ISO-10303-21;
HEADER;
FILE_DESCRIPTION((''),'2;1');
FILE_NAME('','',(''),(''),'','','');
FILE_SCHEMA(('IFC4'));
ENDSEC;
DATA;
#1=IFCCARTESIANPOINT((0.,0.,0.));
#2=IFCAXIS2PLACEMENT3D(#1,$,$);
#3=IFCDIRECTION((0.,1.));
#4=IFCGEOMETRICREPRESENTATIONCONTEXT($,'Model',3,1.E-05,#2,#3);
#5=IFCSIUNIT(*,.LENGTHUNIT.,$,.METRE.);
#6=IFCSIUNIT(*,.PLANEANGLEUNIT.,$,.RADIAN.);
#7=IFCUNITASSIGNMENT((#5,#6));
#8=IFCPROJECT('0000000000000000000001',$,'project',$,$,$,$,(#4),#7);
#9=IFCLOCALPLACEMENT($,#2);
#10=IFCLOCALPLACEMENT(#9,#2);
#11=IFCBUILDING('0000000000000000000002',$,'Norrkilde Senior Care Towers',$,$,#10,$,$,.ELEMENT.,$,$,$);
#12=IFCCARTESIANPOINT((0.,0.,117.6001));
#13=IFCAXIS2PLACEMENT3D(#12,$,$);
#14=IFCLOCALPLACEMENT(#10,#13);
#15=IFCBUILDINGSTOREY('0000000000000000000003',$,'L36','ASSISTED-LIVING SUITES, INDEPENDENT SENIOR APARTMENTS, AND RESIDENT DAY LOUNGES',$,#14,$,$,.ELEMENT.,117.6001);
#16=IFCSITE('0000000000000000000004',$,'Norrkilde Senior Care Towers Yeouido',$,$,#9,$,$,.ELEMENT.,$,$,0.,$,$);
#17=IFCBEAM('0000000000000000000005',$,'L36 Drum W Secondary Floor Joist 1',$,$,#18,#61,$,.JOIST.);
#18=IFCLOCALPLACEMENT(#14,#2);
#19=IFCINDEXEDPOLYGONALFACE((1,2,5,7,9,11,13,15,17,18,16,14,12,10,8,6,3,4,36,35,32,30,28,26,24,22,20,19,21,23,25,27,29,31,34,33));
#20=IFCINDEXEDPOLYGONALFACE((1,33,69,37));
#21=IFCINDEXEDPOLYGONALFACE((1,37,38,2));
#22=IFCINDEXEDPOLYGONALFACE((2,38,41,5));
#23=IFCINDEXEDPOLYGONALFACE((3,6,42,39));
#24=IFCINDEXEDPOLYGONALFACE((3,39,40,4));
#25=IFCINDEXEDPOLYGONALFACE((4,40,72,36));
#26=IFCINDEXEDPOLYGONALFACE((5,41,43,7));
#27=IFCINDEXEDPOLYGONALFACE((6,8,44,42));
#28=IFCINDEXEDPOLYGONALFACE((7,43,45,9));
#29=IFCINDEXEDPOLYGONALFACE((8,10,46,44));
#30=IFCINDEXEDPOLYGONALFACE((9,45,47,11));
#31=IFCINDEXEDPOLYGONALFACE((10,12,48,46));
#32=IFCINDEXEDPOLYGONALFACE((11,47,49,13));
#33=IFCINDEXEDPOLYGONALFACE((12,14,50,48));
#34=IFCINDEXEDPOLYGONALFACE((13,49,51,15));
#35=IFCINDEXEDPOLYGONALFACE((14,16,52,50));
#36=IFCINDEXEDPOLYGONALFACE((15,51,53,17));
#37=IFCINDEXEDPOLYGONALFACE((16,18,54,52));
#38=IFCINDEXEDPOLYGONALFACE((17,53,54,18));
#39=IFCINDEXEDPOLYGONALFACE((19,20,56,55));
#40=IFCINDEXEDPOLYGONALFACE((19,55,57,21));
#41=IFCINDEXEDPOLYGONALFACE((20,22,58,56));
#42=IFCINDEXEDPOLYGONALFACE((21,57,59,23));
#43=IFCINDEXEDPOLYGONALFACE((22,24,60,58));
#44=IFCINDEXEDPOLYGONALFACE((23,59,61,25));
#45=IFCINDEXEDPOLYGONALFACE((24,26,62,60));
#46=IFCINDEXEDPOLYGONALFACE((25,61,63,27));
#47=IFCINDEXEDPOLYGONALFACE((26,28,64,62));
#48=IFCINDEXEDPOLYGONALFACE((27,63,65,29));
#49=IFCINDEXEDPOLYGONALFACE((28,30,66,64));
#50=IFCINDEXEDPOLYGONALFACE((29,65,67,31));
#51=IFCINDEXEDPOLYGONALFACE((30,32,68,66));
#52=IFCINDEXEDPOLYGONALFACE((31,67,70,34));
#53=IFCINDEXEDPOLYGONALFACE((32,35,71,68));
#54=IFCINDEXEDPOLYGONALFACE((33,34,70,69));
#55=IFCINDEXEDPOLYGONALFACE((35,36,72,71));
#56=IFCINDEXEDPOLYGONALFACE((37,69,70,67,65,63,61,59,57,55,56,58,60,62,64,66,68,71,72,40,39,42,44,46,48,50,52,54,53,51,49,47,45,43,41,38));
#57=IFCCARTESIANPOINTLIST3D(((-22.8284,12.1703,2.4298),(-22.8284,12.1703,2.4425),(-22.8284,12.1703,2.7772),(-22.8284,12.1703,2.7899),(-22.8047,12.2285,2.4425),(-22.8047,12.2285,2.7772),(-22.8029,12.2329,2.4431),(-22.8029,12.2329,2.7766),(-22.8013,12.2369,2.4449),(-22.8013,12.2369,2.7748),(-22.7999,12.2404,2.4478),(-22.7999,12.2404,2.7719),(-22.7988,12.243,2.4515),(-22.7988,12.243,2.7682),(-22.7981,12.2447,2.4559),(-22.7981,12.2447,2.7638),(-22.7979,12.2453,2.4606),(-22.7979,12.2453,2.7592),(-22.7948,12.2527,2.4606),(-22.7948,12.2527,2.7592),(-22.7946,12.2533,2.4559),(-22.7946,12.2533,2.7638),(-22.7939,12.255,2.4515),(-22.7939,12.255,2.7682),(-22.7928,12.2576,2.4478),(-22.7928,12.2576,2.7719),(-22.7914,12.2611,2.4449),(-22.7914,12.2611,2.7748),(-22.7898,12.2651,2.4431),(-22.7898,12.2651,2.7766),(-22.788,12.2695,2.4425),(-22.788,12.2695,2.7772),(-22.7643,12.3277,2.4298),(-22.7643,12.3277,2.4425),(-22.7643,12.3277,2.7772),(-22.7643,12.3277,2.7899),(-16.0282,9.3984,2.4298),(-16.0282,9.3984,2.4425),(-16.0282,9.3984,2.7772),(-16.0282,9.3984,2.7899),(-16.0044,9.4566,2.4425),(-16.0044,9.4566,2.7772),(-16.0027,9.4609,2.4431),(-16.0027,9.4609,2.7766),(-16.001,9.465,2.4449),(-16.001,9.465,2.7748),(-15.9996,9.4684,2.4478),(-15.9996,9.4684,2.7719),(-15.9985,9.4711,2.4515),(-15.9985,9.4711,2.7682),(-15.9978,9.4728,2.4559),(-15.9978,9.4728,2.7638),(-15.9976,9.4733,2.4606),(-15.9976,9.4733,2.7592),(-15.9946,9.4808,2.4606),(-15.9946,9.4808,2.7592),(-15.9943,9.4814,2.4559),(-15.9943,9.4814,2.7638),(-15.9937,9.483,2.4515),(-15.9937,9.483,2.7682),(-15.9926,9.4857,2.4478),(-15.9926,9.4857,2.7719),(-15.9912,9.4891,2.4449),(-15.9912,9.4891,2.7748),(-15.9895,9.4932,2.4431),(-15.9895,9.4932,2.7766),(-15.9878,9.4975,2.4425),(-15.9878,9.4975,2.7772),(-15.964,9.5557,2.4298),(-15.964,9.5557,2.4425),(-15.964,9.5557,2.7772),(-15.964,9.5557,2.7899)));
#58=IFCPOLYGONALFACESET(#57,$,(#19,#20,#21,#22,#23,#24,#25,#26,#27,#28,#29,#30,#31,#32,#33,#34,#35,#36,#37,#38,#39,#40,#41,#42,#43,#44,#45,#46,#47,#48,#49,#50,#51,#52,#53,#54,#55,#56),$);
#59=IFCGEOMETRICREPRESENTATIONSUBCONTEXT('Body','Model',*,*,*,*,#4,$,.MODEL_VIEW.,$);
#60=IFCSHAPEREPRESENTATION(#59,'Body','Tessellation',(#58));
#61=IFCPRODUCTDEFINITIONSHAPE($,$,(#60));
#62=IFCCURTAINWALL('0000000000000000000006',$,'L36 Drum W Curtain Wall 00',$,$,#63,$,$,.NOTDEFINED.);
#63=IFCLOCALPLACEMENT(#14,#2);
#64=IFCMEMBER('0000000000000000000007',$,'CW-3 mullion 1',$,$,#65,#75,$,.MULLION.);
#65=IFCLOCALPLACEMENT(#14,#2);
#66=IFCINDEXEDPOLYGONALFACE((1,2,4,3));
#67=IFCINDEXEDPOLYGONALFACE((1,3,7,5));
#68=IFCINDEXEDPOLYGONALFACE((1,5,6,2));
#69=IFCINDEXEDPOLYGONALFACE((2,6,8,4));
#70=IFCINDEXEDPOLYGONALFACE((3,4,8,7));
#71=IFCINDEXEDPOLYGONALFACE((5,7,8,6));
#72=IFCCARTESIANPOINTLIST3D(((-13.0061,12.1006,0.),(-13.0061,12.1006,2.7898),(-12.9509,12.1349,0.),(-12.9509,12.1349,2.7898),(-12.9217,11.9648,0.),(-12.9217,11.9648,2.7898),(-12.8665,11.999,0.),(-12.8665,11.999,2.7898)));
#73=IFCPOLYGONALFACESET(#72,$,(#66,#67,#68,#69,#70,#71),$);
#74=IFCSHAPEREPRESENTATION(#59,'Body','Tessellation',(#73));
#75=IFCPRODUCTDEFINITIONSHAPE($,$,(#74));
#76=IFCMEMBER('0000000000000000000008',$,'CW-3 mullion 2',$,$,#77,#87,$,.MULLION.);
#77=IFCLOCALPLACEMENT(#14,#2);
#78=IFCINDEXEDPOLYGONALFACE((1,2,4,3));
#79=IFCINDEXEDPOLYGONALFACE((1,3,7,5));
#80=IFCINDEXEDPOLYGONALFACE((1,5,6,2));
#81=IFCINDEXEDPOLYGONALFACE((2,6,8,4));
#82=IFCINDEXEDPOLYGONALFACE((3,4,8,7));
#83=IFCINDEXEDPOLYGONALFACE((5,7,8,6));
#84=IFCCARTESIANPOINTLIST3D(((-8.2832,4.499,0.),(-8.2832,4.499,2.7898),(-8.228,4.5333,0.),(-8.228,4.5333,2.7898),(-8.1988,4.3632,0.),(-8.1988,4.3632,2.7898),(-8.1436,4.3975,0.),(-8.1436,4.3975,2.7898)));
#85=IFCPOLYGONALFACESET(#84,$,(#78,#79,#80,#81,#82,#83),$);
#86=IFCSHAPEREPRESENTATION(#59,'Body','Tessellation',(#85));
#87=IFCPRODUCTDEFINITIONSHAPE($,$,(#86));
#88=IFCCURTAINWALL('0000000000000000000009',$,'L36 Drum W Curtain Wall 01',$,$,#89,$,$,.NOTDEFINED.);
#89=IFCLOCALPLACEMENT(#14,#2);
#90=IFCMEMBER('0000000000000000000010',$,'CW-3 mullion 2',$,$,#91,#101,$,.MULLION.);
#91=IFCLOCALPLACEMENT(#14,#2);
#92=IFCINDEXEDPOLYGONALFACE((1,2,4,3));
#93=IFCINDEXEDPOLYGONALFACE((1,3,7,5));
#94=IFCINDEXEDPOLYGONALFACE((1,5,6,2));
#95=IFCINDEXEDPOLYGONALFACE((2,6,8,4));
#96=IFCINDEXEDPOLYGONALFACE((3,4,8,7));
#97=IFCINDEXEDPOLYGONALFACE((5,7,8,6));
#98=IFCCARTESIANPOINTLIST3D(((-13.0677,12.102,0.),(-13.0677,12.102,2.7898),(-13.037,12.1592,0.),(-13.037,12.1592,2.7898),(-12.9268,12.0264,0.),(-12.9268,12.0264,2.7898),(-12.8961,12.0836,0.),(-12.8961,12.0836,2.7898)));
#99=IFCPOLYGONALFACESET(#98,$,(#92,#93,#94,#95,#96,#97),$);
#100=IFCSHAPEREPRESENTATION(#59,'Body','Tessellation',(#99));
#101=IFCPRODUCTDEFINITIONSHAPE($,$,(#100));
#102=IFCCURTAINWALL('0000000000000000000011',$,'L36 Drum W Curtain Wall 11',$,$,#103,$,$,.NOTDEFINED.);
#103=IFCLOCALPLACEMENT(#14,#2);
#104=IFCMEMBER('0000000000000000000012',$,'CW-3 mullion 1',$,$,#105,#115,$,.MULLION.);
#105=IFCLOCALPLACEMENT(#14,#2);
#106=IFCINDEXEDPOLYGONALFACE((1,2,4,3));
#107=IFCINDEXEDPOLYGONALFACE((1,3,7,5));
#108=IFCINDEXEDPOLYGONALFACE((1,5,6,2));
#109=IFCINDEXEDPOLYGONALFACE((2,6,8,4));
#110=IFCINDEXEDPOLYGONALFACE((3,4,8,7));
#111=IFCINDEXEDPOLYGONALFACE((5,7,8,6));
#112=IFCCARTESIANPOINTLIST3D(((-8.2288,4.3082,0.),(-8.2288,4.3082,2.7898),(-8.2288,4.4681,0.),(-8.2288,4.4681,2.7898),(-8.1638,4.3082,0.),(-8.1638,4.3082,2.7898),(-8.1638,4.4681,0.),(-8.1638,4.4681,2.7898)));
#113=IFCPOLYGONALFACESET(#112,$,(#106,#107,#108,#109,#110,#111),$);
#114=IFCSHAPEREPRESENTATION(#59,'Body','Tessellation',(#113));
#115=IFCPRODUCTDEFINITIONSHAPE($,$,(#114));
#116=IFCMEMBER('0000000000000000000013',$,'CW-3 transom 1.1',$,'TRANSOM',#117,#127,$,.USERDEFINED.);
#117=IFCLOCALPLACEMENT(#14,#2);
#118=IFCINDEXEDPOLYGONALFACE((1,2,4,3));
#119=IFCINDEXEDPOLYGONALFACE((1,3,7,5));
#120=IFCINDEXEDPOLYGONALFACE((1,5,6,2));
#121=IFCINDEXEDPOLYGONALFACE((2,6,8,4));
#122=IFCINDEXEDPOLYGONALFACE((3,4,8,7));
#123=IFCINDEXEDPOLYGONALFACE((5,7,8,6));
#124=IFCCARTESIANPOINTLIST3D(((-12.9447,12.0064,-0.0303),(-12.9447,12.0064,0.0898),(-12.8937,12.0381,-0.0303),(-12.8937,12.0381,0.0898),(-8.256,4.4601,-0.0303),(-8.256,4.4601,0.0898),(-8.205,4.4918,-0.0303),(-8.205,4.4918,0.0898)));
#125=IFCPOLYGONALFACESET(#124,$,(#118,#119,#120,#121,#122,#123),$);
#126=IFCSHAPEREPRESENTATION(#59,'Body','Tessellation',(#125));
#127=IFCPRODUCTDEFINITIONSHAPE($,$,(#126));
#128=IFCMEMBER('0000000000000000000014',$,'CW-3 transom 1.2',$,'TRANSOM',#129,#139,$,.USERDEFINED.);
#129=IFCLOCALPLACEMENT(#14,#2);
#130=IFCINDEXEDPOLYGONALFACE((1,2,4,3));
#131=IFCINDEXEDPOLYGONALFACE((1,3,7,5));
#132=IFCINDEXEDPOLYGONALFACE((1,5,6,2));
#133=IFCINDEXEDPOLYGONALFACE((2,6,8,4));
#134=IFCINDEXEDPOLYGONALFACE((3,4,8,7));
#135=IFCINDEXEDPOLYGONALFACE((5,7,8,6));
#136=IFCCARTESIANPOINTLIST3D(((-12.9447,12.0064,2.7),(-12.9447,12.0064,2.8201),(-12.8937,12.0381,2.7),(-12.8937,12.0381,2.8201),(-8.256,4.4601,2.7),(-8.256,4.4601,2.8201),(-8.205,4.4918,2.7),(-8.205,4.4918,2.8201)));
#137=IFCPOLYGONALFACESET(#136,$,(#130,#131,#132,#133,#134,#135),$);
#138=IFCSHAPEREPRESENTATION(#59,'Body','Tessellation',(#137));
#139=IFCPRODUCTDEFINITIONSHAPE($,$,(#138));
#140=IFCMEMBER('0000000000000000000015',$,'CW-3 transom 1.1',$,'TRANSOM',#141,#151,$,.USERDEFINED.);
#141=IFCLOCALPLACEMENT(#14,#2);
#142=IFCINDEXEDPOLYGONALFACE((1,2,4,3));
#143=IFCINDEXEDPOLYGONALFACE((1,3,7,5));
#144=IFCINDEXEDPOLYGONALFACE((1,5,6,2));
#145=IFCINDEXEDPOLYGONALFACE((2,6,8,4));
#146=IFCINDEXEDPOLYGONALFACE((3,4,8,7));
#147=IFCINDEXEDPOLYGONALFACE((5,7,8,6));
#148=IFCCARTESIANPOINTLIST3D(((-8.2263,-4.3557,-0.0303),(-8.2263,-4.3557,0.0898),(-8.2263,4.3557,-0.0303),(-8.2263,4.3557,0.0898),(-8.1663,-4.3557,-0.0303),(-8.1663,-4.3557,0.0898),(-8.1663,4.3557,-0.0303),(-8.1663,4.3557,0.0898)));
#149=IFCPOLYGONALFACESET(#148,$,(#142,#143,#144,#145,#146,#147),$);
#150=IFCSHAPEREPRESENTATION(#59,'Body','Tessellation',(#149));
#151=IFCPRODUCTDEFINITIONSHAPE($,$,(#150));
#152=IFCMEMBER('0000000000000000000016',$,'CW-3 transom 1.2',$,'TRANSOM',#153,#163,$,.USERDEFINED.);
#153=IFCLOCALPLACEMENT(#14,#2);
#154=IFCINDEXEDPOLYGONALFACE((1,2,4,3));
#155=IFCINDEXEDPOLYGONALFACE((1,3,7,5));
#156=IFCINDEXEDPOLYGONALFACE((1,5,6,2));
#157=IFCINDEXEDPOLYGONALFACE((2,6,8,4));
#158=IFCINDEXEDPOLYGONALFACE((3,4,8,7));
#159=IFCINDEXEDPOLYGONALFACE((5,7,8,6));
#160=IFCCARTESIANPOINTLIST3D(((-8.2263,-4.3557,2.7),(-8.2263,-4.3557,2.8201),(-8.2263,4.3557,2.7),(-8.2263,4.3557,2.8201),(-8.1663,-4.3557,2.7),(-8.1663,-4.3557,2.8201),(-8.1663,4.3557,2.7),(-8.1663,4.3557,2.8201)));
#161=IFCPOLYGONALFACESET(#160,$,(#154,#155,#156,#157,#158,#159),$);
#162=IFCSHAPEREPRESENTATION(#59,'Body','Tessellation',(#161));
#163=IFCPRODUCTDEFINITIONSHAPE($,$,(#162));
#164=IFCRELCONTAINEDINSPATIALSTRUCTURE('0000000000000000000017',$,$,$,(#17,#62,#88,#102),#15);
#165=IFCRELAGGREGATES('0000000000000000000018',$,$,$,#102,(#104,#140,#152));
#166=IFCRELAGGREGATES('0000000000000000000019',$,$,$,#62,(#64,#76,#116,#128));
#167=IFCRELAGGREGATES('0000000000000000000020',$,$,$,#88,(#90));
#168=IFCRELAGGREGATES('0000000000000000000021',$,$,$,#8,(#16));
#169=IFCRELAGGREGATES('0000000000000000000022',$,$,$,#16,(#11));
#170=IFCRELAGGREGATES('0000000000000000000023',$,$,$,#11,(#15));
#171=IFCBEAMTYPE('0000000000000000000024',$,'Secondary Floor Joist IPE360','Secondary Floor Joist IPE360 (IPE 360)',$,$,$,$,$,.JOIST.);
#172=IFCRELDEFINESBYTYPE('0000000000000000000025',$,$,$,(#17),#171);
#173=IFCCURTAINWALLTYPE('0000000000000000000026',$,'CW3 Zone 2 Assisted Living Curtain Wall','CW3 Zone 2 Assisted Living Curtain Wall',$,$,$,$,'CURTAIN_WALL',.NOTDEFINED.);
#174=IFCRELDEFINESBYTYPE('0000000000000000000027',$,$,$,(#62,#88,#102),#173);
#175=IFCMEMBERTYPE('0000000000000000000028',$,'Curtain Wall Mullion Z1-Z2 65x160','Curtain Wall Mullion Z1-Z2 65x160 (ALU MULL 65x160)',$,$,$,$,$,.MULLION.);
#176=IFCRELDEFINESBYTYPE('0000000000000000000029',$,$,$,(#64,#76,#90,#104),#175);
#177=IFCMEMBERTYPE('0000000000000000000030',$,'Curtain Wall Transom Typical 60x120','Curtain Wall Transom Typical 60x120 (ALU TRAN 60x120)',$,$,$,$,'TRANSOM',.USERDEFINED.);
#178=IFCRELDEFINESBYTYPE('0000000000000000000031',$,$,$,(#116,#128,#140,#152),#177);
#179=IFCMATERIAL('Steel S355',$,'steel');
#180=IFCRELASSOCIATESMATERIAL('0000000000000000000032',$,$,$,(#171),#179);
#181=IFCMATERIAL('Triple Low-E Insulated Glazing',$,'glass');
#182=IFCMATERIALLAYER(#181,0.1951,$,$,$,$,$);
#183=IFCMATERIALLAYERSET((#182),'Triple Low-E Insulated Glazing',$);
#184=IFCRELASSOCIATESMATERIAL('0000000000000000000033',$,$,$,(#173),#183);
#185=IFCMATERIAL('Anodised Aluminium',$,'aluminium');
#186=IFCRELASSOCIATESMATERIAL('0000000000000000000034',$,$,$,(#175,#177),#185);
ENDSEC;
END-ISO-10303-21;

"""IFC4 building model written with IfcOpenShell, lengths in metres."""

from ifc_helpers import new_model, si_unit, direction, frame, origin, origin_2d, place, context, subcontext, project, spatial, rectangle, i_section, extrude, source, transform, mapped, material, layer, layer_set, material_profile, profile_set, type_object, type_shapes, element, aggregate, save


model = new_model("IFC4")

# Units and contexts
model_context = context("Model", 3, precision=1e-05, world=origin(), true_north=direction((0.0, 1.0)))
body_context = subcontext(model_context, "Body", "Model", "MODEL_VIEW")
ifc_project = project(units=[si_unit("LENGTHUNIT", "METRE"), si_unit("PLANEANGLEUNIT", "RADIAN")], contexts=[model_context])

# Site, building, storey
site_placement = place(None, origin())
site = spatial("IfcSite", under=ifc_project, at=site_placement, Name="Norrkilde Senior Care Towers Yeouido", CompositionType="ELEMENT", RefElevation=0.0)
building_placement = place(site_placement, origin())
building = spatial("IfcBuilding", under=site, at=building_placement, Name="Norrkilde Senior Care Towers", CompositionType="ELEMENT")
storey_placement = place(building_placement, frame((0.0, 0.0, 117.6001)))
storey = spatial("IfcBuildingStorey", under=building, at=storey_placement, Name="L36", Description="ASSISTED-LIVING SUITES, INDEPENDENT SENIOR APARTMENTS, AND RESIDENT DAY LOUNGES", CompositionType="ELEMENT", Elevation=117.6001)

# Beam
ifc_material_1 = material(Name="Steel S355", Category="steel")
ifc_material_profile_1 = material_profile(ifc_material_1, i_section(OverallWidth=0.1699, OverallDepth=0.3601, WebThickness=0.0081, FlangeThickness=0.0127, FilletRadius=0.0181, at=origin_2d()), Name="IPE 360")
ifc_profile_set_1 = profile_set([ifc_material_profile_1], Name="Steel S355")
beam_type_1 = type_object("IfcBeamType", Name="Secondary Floor Joist IPE360", Description="Secondary Floor Joist IPE360 (IPE 360)", PredefinedType="JOIST", material=ifc_profile_set_1)
shared_shape_1 = source(origin(), body_context, "Body", "SweptSolid", [
    extrude(i_section(OverallWidth=0.1699, OverallDepth=0.3601, WebThickness=0.0081, FlangeThickness=0.0127, FilletRadius=0.0181, at=origin_2d()), origin(), (0.0, 0.0, 1.0), 7.3435),
])
type_shapes(beam_type_1, [shared_shape_1])
beam_1_placement = place(storey_placement, frame((-15.9961, 9.4771, 2.6099), z_axis=(-0.926022, 0.37747, 0.0), x_axis=(-0.37747, -0.926022, 0.0)))
element("IfcBeam", 1, at=beam_1_placement, inside=storey, type_object=beam_type_1, Name="L36 Drum W Secondary Floor Joist 1", PredefinedType="JOIST", context=body_context, shape_type="MappedRepresentation", body=[
    mapped(shared_shape_1, transform((0.0, 0.0, 0.0), x_axis=(1.0, 0.0, 0.0), y_axis=(0.0, 1.0, 0.0), z_axis=(0.0, 0.0, 1.0), scale=1.0)),
])

# Curtain wall, members
ifc_material_2 = material(Name="Triple Low-E Insulated Glazing", Category="glass")
ifc_layer_1 = layer(ifc_material_2, 0.1951)
ifc_layer_set_1 = layer_set([ifc_layer_1], Name="Triple Low-E Insulated Glazing")
curtain_wall_type = type_object("IfcCurtainWallType", Name="CW3 Zone 2 Assisted Living Curtain Wall", Description="CW3 Zone 2 Assisted Living Curtain Wall", ElementType="CURTAIN_WALL", PredefinedType="NOTDEFINED", material=ifc_layer_set_1)
curtain_wall_1_placement = place(storey_placement, origin())
curtain_wall_1 = element("IfcCurtainWall", 2, at=curtain_wall_1_placement, inside=storey, type_object=curtain_wall_type, Name="L36 Drum W Curtain Wall 00", PredefinedType="NOTDEFINED")
ifc_material_3 = material(Name="Anodised Aluminium", Category="aluminium")
ifc_material_profile_2 = material_profile(ifc_material_3, rectangle(XDim=0.0649, YDim=0.1599, at=origin_2d()), Name="ALU MULL 65x160")
ifc_profile_set_2 = profile_set([ifc_material_profile_2], Name="Anodised Aluminium")
member_type_1 = type_object("IfcMemberType", Name="Curtain Wall Mullion Z1-Z2 65x160", Description="Curtain Wall Mullion Z1-Z2 65x160 (ALU MULL 65x160)", PredefinedType="MULLION", material=ifc_profile_set_2)
shared_shape_2 = source(origin(), body_context, "Body", "SweptSolid", [
    extrude(rectangle(XDim=0.0649, YDim=0.1599, at=origin_2d()), origin(), (0.0, 0.0, 1.0), 2.7898),
])
type_shapes(member_type_1, [shared_shape_2])
member_1_placement = place(storey_placement, frame((-12.9363, 12.0498, 0.0), z_axis=(0.0, 0.0, 1.0), x_axis=(0.84941, 0.527733, 0.0)))
member_1 = element("IfcMember", 3, at=member_1_placement, type_object=member_type_1, Name="CW-3 mullion 1", PredefinedType="MULLION", context=body_context, shape_type="MappedRepresentation", body=[
    mapped(shared_shape_2, transform((0.0, 0.0, 0.0), x_axis=(1.0, 0.0, 0.0), y_axis=(0.0, 1.0, 0.0), z_axis=(0.0, 0.0, 1.0), scale=1.0)),
])
member_2_placement = place(storey_placement, frame((-8.2134, 4.4482, 0.0), z_axis=(0.0, 0.0, 1.0), x_axis=(0.84941, 0.527733, 0.0)))
member_2 = element("IfcMember", 4, at=member_2_placement, type_object=member_type_1, Name="CW-3 mullion 2", PredefinedType="MULLION", context=body_context, shape_type="MappedRepresentation", body=[
    mapped(shared_shape_2, transform((0.0, 0.0, 0.0), x_axis=(1.0, 0.0, 0.0), y_axis=(0.0, 1.0, 0.0), z_axis=(0.0, 0.0, 1.0), scale=1.0)),
])

# Curtain walls, members
curtain_wall_2_placement = place(storey_placement, origin())
curtain_wall_2 = element("IfcCurtainWall", 5, at=curtain_wall_2_placement, inside=storey, type_object=curtain_wall_type, Name="L36 Drum W Curtain Wall 01", PredefinedType="NOTDEFINED")
member_3_placement = place(storey_placement, frame((-12.9819, 12.0928, 0.0), z_axis=(0.0, 0.0, 1.0), x_axis=(0.472769, 0.881186, 0.0)))
member_3 = element("IfcMember", 6, at=member_3_placement, type_object=member_type_1, Name="CW-3 mullion 2", PredefinedType="MULLION", context=body_context, shape_type="MappedRepresentation", body=[
    mapped(shared_shape_2, transform((0.0, 0.0, 0.0), x_axis=(1.0, 0.0, 0.0), y_axis=(0.0, 1.0, 0.0), z_axis=(0.0, 0.0, 1.0), scale=1.0)),
])
curtain_wall_3_placement = place(storey_placement, origin())
curtain_wall_3 = element("IfcCurtainWall", 7, at=curtain_wall_3_placement, inside=storey, type_object=curtain_wall_type, Name="L36 Drum W Curtain Wall 11", PredefinedType="NOTDEFINED")
member_4_placement = place(storey_placement, frame((-8.1963, 4.3882, 0.0), z_axis=(0.0, 0.0, 1.0), x_axis=(1.0, 0.0, 0.0)))
member_4 = element("IfcMember", 8, at=member_4_placement, type_object=member_type_1, Name="CW-3 mullion 1", PredefinedType="MULLION", context=body_context, shape_type="MappedRepresentation", body=[
    mapped(shared_shape_2, transform((0.0, 0.0, 0.0), x_axis=(1.0, 0.0, 0.0), y_axis=(0.0, 1.0, 0.0), z_axis=(0.0, 0.0, 1.0), scale=1.0)),
])

# Members
ifc_material_profile_3 = material_profile(ifc_material_3, rectangle(XDim=0.0601, YDim=0.1201, at=origin_2d()), Name="ALU TRAN 60x120")
ifc_profile_set_3 = profile_set([ifc_material_profile_3], Name="Anodised Aluminium")
member_type_2 = type_object("IfcMemberType", Name="Curtain Wall Transom Typical 60x120", Description="Curtain Wall Transom Typical 60x120 (ALU TRAN 60x120)", ElementType="TRANSOM", PredefinedType="USERDEFINED", material=ifc_profile_set_3)
shared_shape_3 = source(origin(), body_context, "Body", "SweptSolid", [
    extrude(rectangle(XDim=0.0601, YDim=0.1201, at=origin_2d()), origin(), (0.0, 0.0, 1.0), 8.8843),
])
member_5_placement = place(storey_placement, frame((-12.9192, 12.0222, 0.0298), z_axis=(0.527749, -0.8494, 0.0), x_axis=(0.8494, 0.527749, 0.0)))
member_5 = element("IfcMember", 9, at=member_5_placement, type_object=member_type_2, Name="CW-3 transom 1.1", ObjectType="TRANSOM", PredefinedType="USERDEFINED", context=body_context, shape_type="MappedRepresentation", body=[
    mapped(shared_shape_3, transform((0.0, 0.0, 0.0), x_axis=(1.0, 0.0, 0.0), y_axis=(0.0, 1.0, 0.0), z_axis=(0.0, 0.0, 1.0), scale=1.0)),
])
member_6_placement = place(storey_placement, frame((-12.9192, 12.0222, 2.76), z_axis=(0.527749, -0.8494, 0.0), x_axis=(0.8494, 0.527749, 0.0)))
member_6 = element("IfcMember", 10, at=member_6_placement, type_object=member_type_2, Name="CW-3 transom 1.2", ObjectType="TRANSOM", PredefinedType="USERDEFINED", context=body_context, shape_type="MappedRepresentation", body=[
    mapped(shared_shape_3, transform((0.0, 0.0, 0.0), x_axis=(1.0, 0.0, 0.0), y_axis=(0.0, 1.0, 0.0), z_axis=(0.0, 0.0, 1.0), scale=1.0)),
])
shared_shape_4 = source(origin(), body_context, "Body", "SweptSolid", [
    extrude(rectangle(XDim=0.0601, YDim=0.1201, at=origin_2d()), origin(), (0.0, 0.0, 1.0), 8.7114),
])
type_shapes(member_type_2, [shared_shape_3, shared_shape_4])
member_7_placement = place(storey_placement, frame((-8.1963, 4.3557, 0.0298), z_axis=(0.0, -1.0, 0.0), x_axis=(1.0, 0.0, 0.0)))
member_7 = element("IfcMember", 11, at=member_7_placement, type_object=member_type_2, Name="CW-3 transom 1.1", ObjectType="TRANSOM", PredefinedType="USERDEFINED", context=body_context, shape_type="MappedRepresentation", body=[
    mapped(shared_shape_4, transform((0.0, 0.0, 0.0), x_axis=(1.0, 0.0, 0.0), y_axis=(0.0, 1.0, 0.0), z_axis=(0.0, 0.0, 1.0), scale=1.0)),
])
member_8_placement = place(storey_placement, frame((-8.1963, 4.3557, 2.76), z_axis=(0.0, -1.0, 0.0), x_axis=(1.0, 0.0, 0.0)))
member_8 = element("IfcMember", 12, at=member_8_placement, type_object=member_type_2, Name="CW-3 transom 1.2", ObjectType="TRANSOM", PredefinedType="USERDEFINED", context=body_context, shape_type="MappedRepresentation", body=[
    mapped(shared_shape_4, transform((0.0, 0.0, 0.0), x_axis=(1.0, 0.0, 0.0), y_axis=(0.0, 1.0, 0.0), z_axis=(0.0, 0.0, 1.0), scale=1.0)),
])
aggregate(curtain_wall_3, [member_4, member_7, member_8])

aggregate(curtain_wall_1, [member_1, member_2, member_5, member_6])
aggregate(curtain_wall_2, [member_3])

save(model, "model.ifc")
